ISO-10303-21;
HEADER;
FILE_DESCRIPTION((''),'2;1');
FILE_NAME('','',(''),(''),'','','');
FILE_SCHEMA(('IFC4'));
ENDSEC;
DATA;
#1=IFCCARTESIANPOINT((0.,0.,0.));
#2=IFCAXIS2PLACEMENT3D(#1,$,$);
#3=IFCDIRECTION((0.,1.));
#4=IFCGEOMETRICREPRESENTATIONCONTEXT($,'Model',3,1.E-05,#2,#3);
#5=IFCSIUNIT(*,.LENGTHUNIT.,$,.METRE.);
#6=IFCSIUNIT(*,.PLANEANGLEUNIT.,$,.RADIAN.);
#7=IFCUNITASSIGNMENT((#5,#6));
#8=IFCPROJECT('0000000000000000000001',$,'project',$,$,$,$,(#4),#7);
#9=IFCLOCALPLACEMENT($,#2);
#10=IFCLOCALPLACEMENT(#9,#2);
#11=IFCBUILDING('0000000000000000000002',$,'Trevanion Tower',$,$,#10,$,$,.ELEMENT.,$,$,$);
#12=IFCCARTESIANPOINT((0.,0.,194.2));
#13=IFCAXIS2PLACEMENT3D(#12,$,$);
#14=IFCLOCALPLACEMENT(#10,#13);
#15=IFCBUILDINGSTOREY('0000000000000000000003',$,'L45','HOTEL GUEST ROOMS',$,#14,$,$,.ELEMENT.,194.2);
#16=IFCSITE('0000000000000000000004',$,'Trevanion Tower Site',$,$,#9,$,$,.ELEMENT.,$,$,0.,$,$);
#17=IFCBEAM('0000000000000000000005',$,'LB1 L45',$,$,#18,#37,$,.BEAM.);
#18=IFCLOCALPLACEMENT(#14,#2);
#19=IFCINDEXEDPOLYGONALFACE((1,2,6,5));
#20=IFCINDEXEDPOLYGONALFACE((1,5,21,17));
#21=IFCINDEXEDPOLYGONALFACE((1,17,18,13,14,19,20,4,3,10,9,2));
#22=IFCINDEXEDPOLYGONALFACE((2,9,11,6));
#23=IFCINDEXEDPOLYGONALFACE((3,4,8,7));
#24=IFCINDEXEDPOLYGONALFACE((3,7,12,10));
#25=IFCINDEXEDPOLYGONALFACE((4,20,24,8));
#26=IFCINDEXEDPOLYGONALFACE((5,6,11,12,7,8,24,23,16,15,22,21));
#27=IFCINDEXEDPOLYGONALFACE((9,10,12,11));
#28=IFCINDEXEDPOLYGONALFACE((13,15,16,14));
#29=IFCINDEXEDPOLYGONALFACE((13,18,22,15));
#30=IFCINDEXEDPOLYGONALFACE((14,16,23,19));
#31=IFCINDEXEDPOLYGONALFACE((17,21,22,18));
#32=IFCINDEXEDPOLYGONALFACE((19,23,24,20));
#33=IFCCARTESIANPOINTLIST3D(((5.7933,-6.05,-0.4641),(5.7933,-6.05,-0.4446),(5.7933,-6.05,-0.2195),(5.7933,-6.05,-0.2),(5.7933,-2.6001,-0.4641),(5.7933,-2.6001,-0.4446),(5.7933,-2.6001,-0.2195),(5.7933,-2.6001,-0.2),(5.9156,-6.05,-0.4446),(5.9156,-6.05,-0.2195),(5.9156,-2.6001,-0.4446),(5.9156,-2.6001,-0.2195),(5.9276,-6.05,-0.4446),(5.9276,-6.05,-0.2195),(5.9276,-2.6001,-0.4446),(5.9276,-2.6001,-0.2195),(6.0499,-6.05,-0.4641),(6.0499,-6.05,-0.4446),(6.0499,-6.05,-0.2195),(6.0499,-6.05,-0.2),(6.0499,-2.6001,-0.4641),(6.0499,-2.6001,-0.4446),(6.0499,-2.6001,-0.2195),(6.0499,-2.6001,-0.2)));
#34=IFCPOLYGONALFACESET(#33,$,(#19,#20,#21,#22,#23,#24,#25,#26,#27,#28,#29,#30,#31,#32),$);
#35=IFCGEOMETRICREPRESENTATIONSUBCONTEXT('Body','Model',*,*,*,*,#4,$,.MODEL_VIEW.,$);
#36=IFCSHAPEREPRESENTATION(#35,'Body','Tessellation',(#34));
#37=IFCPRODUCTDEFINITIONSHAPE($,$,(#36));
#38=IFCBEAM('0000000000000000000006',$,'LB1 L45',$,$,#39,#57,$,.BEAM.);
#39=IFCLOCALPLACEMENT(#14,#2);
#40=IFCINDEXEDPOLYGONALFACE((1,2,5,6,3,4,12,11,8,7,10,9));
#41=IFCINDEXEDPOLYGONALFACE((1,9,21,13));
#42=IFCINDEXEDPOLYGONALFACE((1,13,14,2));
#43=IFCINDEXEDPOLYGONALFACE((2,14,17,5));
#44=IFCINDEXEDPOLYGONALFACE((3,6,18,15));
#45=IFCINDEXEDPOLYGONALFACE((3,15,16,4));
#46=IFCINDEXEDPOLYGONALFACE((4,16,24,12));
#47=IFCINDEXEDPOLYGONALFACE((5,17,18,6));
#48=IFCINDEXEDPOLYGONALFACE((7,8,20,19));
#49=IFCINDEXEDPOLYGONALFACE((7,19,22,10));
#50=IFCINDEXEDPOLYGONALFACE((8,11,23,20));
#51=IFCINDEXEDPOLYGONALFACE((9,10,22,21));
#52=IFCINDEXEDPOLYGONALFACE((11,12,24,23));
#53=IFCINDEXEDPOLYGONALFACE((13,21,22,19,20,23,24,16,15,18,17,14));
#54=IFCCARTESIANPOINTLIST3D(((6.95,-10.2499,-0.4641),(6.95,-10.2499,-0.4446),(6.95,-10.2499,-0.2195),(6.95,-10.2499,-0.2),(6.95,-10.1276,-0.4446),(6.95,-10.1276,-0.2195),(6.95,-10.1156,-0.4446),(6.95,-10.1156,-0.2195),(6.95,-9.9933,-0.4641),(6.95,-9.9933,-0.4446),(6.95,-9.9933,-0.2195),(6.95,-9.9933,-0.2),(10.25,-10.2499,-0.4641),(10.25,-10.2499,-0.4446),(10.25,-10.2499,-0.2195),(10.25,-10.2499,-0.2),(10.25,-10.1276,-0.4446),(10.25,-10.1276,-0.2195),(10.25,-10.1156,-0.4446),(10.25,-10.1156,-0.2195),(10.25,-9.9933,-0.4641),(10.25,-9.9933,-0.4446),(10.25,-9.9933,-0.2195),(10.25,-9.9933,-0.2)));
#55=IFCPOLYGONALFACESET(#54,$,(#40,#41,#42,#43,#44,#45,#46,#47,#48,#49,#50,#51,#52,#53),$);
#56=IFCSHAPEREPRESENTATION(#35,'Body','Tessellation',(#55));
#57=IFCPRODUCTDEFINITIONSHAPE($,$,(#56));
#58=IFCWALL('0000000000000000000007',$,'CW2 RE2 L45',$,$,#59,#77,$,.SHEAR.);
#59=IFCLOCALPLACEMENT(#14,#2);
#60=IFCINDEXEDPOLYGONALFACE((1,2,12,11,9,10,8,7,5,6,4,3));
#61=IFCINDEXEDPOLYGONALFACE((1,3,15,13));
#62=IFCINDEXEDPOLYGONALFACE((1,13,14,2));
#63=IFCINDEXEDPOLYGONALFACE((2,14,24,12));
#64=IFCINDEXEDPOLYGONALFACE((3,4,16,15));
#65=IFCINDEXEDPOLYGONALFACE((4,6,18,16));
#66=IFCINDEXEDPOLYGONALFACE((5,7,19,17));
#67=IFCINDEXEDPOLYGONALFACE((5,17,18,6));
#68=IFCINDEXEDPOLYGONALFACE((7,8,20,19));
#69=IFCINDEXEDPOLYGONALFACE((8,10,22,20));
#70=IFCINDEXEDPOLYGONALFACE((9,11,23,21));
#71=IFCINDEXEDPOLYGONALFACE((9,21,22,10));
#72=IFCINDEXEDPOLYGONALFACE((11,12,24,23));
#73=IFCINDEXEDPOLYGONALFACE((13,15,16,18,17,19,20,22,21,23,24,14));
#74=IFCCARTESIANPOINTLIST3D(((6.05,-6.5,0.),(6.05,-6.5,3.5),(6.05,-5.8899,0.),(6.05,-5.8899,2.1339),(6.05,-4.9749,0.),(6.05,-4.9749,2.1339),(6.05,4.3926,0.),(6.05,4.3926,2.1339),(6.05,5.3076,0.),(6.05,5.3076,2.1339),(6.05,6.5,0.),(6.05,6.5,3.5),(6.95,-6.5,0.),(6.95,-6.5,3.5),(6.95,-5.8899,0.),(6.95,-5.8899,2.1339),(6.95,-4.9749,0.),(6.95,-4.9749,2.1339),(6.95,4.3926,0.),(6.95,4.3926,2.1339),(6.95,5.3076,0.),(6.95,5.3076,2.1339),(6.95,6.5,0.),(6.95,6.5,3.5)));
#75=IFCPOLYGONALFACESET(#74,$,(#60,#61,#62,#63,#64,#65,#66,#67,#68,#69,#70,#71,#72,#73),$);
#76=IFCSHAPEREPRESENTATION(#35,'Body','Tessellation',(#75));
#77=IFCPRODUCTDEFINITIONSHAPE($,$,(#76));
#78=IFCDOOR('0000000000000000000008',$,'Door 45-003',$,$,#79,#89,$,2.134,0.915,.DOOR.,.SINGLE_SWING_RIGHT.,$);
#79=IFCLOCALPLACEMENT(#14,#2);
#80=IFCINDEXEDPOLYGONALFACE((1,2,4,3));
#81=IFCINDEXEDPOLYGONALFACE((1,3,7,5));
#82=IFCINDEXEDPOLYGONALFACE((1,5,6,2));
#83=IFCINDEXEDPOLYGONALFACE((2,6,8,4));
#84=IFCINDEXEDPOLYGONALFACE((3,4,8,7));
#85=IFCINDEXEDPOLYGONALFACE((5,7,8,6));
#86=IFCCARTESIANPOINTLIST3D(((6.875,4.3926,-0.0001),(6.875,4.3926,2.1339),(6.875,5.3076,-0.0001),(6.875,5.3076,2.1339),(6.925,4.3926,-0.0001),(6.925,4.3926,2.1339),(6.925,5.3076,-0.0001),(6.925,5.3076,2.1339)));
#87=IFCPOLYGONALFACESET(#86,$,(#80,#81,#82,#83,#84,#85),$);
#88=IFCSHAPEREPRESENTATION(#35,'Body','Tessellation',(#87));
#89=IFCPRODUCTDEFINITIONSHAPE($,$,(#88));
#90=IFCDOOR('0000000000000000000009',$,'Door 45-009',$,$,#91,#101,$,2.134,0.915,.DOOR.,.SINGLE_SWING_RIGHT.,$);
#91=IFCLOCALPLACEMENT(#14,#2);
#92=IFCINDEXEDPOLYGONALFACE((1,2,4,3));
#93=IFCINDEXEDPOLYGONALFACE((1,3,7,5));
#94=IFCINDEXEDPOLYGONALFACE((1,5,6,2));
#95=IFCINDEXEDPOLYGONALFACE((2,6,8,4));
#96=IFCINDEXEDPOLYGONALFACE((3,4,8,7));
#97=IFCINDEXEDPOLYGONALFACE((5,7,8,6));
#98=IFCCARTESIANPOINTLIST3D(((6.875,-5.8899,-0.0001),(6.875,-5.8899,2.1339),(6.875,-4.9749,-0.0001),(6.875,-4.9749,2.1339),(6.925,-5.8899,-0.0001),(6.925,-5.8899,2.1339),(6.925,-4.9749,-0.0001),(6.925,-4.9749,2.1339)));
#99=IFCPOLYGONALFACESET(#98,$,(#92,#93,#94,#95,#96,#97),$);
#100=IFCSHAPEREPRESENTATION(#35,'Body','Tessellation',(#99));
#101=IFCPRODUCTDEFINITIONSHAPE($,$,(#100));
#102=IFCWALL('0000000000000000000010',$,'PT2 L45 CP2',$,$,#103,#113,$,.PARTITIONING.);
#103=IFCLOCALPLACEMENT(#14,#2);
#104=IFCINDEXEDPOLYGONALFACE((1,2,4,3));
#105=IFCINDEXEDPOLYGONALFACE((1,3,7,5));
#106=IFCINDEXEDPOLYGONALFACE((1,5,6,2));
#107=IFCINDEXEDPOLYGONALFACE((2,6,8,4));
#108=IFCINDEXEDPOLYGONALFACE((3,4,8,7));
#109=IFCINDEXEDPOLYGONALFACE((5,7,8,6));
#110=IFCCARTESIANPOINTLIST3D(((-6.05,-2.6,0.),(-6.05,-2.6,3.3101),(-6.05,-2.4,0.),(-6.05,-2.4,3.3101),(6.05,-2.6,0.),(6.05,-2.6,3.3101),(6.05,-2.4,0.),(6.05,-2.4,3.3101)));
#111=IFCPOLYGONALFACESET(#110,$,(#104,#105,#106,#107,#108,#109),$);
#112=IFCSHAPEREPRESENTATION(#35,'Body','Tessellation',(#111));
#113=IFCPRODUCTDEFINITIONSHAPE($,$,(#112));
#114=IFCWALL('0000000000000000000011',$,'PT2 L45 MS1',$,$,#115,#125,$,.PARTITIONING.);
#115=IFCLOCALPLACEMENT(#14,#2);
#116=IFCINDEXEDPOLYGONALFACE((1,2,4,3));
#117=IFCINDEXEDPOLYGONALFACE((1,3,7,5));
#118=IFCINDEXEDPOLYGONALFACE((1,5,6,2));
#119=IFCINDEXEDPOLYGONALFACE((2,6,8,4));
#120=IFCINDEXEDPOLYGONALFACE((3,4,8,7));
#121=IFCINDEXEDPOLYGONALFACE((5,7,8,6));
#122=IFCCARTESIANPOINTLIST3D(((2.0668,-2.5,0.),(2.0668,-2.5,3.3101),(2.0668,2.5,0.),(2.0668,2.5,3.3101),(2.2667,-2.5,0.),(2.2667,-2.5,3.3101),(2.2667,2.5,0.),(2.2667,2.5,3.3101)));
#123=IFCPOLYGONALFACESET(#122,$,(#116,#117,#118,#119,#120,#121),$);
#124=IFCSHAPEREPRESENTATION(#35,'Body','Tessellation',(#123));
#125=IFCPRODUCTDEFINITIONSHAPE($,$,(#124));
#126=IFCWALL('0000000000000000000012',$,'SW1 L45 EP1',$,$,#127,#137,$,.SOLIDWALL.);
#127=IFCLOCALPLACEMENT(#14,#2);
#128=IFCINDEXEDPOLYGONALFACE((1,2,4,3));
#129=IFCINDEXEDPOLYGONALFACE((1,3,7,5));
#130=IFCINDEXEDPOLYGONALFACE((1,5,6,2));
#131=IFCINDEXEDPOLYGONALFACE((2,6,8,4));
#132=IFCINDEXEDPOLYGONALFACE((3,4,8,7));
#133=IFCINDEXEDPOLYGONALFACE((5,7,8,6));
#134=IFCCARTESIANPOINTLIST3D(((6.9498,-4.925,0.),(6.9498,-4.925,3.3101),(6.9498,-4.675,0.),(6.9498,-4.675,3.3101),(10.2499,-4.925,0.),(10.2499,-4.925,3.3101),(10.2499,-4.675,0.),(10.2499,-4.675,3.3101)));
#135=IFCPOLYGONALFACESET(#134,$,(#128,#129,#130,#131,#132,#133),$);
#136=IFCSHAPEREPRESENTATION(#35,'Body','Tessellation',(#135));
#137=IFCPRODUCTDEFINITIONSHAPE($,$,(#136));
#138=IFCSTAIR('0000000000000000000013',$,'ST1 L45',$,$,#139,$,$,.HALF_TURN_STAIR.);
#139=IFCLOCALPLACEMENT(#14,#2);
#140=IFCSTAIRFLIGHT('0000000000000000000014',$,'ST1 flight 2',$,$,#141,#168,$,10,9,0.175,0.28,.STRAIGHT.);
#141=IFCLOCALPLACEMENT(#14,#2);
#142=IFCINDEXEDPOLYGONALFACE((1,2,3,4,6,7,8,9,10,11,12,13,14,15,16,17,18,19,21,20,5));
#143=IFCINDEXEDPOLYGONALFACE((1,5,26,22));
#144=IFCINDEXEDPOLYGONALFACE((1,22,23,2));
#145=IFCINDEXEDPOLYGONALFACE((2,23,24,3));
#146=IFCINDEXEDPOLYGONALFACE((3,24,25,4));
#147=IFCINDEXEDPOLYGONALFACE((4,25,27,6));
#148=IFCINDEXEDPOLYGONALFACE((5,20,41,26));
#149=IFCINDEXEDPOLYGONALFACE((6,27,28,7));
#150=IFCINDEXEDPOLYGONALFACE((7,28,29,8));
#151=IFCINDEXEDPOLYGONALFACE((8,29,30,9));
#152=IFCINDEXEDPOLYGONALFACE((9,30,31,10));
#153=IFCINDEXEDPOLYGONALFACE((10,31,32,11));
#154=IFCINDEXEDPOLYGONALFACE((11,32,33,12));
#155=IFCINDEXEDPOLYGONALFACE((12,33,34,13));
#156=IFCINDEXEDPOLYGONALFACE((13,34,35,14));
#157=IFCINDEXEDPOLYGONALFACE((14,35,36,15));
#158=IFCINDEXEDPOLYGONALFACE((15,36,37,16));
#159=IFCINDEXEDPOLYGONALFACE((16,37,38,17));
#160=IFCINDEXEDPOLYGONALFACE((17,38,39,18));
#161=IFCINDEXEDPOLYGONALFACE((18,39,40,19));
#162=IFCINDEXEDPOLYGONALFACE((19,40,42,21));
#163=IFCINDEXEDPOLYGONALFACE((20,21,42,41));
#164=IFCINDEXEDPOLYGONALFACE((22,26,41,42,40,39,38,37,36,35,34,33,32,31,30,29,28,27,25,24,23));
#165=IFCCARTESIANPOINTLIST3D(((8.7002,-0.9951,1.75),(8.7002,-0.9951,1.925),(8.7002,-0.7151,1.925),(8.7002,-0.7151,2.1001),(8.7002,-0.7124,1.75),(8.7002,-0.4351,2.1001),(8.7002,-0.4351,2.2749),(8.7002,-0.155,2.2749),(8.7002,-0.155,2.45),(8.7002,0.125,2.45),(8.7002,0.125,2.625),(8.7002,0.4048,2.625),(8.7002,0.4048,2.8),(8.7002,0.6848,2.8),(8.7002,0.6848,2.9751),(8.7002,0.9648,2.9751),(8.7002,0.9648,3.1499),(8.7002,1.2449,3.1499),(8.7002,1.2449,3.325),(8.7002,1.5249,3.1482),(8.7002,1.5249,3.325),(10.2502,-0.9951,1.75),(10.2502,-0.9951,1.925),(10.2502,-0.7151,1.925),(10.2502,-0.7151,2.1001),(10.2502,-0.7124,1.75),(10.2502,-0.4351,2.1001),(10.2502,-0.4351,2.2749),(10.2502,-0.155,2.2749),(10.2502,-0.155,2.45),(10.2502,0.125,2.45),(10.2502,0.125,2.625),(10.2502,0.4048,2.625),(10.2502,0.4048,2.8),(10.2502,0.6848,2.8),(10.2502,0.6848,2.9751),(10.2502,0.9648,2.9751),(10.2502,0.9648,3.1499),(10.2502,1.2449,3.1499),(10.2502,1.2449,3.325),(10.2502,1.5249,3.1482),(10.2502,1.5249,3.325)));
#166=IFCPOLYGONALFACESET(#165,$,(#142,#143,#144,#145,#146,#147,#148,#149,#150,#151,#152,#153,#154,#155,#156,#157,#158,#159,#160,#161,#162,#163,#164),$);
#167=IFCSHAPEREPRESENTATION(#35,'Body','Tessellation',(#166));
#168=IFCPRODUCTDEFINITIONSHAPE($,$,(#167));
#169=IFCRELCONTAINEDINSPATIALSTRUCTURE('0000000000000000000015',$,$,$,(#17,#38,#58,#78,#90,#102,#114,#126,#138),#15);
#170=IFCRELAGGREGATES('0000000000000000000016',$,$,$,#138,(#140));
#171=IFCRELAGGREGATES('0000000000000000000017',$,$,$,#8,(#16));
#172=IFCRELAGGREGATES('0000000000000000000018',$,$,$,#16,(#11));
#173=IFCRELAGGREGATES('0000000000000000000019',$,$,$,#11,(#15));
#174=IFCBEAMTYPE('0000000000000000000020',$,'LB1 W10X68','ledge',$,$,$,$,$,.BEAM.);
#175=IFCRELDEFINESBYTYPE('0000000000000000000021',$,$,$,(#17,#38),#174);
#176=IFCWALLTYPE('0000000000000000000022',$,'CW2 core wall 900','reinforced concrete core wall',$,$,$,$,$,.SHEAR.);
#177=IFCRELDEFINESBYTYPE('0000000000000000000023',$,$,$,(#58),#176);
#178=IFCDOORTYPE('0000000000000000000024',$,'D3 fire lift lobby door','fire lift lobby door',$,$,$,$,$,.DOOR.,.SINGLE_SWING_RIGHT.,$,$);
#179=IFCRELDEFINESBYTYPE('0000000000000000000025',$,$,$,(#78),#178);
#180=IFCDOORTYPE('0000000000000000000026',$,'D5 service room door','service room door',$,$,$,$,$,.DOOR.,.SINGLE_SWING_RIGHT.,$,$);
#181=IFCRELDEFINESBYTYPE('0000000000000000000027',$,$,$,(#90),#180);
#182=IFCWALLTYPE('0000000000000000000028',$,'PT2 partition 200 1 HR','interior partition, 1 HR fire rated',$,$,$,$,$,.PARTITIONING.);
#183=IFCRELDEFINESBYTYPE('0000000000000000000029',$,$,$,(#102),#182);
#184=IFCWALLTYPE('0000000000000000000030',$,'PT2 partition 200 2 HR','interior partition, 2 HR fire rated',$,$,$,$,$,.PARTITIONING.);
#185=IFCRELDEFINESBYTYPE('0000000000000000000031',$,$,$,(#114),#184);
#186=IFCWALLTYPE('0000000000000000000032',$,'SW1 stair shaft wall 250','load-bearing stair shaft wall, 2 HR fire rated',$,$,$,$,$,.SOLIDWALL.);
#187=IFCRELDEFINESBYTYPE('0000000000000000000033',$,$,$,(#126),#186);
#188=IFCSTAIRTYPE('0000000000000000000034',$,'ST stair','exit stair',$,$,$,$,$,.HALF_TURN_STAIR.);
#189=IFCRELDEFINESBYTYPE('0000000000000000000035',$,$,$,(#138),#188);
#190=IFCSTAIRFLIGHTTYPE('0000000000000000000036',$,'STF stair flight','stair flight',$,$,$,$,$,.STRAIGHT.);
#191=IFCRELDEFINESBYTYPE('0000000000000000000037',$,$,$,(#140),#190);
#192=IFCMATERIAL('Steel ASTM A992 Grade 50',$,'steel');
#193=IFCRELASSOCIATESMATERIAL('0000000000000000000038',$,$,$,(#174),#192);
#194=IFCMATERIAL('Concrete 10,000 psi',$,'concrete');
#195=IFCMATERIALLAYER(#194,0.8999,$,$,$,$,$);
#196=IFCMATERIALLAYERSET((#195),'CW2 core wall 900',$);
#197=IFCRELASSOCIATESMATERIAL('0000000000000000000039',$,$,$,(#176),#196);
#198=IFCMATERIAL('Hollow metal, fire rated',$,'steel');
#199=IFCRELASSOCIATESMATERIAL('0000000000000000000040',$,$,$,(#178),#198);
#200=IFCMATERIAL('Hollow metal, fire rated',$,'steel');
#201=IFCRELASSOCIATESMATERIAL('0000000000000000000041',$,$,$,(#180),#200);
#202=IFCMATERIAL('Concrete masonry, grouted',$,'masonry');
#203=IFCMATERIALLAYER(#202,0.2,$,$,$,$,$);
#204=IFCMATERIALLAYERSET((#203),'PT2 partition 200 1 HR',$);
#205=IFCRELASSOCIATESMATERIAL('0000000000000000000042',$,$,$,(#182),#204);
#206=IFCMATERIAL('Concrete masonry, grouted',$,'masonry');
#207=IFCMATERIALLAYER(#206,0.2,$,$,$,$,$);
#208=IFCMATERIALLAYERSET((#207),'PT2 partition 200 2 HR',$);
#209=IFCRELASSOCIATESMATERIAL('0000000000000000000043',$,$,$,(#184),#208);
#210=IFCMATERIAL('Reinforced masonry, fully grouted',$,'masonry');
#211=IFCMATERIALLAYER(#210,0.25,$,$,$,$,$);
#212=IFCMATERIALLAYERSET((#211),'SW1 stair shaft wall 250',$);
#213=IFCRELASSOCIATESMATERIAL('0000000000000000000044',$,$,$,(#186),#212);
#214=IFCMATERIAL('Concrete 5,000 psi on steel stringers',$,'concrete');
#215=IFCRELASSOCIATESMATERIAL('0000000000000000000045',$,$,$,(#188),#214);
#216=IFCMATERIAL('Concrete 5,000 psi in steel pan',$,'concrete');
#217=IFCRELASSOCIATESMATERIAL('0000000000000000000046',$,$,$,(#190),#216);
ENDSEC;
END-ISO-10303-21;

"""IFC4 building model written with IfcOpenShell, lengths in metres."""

from ifc_helpers import new_model, si_unit, direction, frame, frame_2d, origin, origin_2d, place, context, subcontext, project, spatial, polyline, rectangle, i_section, outline, extrude, material, layer, layer_set, material_profile, profile_set, type_object, element, fill, aggregate, save


model = new_model("IFC4")

# Units and contexts
model_context = context("Model", 3, precision=1e-05, world=origin(), true_north=direction((0.0, 1.0)))
body_context = subcontext(model_context, "Body", "Model", "MODEL_VIEW")
ifc_project = project(units=[si_unit("LENGTHUNIT", "METRE"), si_unit("PLANEANGLEUNIT", "RADIAN")], contexts=[model_context])

# Site, building, storey
site_placement = place(None, origin())
site = spatial("IfcSite", under=ifc_project, at=site_placement, Name="Trevanion Tower Site", CompositionType="ELEMENT", RefElevation=0.0)
building_placement = place(site_placement, origin())
building = spatial("IfcBuilding", under=site, at=building_placement, Name="Trevanion Tower", CompositionType="ELEMENT")
storey_placement = place(building_placement, frame((0.0, 0.0, 194.2)))
storey = spatial("IfcBuildingStorey", under=building, at=storey_placement, Name="L45", Description="HOTEL GUEST ROOMS", CompositionType="ELEMENT", Elevation=194.2)

# Beams
ifc_material_1 = material(Name="Steel ASTM A992 Grade 50", Category="steel")
ifc_material_profile = material_profile(ifc_material_1, i_section(OverallWidth=0.2566, OverallDepth=0.2642, WebThickness=0.012, FlangeThickness=0.0195, at=origin_2d()), Name="W10X68")
ifc_profile_set = profile_set([ifc_material_profile], Name="Steel ASTM A992 Grade 50")
beam_type = type_object("IfcBeamType", Name="LB1 W10X68", Description="ledge", PredefinedType="BEAM", material=ifc_profile_set)
beam_1_placement = place(storey_placement, frame((5.9216, -6.05, -0.332), z_axis=(0.0, 1.0, 0.0), x_axis=(-1.0, 0.0, 0.0)))
element("IfcBeam", 1, at=beam_1_placement, inside=storey, type_object=beam_type, Name="LB1 L45", PredefinedType="BEAM", context=body_context, shape_type="SweptSolid", body=[
    extrude(i_section(OverallWidth=0.2566, OverallDepth=0.2642, WebThickness=0.012, FlangeThickness=0.0195, at=origin_2d()), origin(), (0.0, 0.0, 1.0), 3.45),
])
beam_2_placement = place(storey_placement, frame((6.95, -10.1216, -0.332), z_axis=(1.0, 0.0, 0.0), x_axis=(0.0, 1.0, 0.0)))
element("IfcBeam", 2, at=beam_2_placement, inside=storey, type_object=beam_type, Name="LB1 L45", PredefinedType="BEAM", context=body_context, shape_type="SweptSolid", body=[
    extrude(i_section(OverallWidth=0.2566, OverallDepth=0.2642, WebThickness=0.012, FlangeThickness=0.0195, at=origin_2d()), origin(), (0.0, 0.0, 1.0), 3.3),
])

# Wall, openings, doors
ifc_material_2 = material(Name="Concrete 10,000 psi", Category="concrete")
ifc_layer_1 = layer(ifc_material_2, 0.8999)
ifc_layer_set_1 = layer_set([ifc_layer_1], Name="CW2 core wall 900")
wall_type_1 = type_object("IfcWallType", Name="CW2 core wall 900", Description="reinforced concrete core wall", PredefinedType="SHEAR", material=ifc_layer_set_1)
wall_1_placement = place(storey_placement, frame((6.5, -6.5, 0.0), z_axis=(0.0, 0.0, 1.0), x_axis=(0.0, 1.0, 0.0)))
wall_1 = element("IfcWall", 3, at=wall_1_placement, inside=storey, type_object=wall_type_1, Name="CW2 RE2 L45", PredefinedType="SHEAR", context=body_context, shape_type="SweptSolid", body=[
    extrude(rectangle(XDim=13.0, YDim=0.8999, at=frame_2d((6.5, 0.0))), origin(), (0.0, 0.0, 1.0), 3.5),
])
opening_1_placement = place(wall_1_placement, frame((10.8926, 0.0, 0.0)))
opening_1 = element("IfcOpeningElement", 4, at=opening_1_placement, cuts=wall_1, PredefinedType="OPENING", context=body_context, shape_type="SweptSolid", body=[
    extrude(rectangle(XDim=0.915, YDim=2.134, at=frame_2d((0.4575, 1.0669))), frame((0.0, 0.46, 0.0), z_axis=(0.0, -1.0, 0.0), x_axis=(1.0, 0.0, 0.0)), (0.0, 0.0, 1.0), 0.9199),
])
opening_2_placement = place(wall_1_placement, frame((0.6101, 0.0, 0.0)))
opening_2 = element("IfcOpeningElement", 5, at=opening_2_placement, cuts=wall_1, PredefinedType="OPENING", context=body_context, shape_type="SweptSolid", body=[
    extrude(rectangle(XDim=0.915, YDim=2.134, at=frame_2d((0.4575, 1.0669))), frame((0.0, 0.46, 0.0), z_axis=(0.0, -1.0, 0.0), x_axis=(1.0, 0.0, 0.0)), (0.0, 0.0, 1.0), 0.9199),
])
ifc_material_3 = material(Name="Hollow metal, fire rated", Category="steel")
door_type_1 = type_object("IfcDoorType", Name="D3 fire lift lobby door", Description="fire lift lobby door", OperationType="SINGLE_SWING_RIGHT", PredefinedType="DOOR", material=ifc_material_3)
door_1_placement = place(opening_1_placement, origin())
door_1 = element("IfcDoor", 6, at=door_1_placement, inside=storey, type_object=door_type_1, Name="Door 45-003", OperationType="SINGLE_SWING_RIGHT", OverallHeight=2.134, OverallWidth=0.915, PredefinedType="DOOR", context=body_context, shape_type="SweptSolid", body=[
    extrude(rectangle(XDim=0.915, YDim=2.134, at=frame_2d((0.4575, 1.0669))), frame((0.0, -0.375, 0.0), z_axis=(0.0, -1.0, 0.0), x_axis=(1.0, 0.0, 0.0)), (0.0, 0.0, 1.0), 0.05),
])
fill(opening_1, door_1)
ifc_material_4 = material(Name="Hollow metal, fire rated", Category="steel")
door_type_2 = type_object("IfcDoorType", Name="D5 service room door", Description="service room door", OperationType="SINGLE_SWING_RIGHT", PredefinedType="DOOR", material=ifc_material_4)
door_2_placement = place(opening_2_placement, origin())
door_2 = element("IfcDoor", 7, at=door_2_placement, inside=storey, type_object=door_type_2, Name="Door 45-009", OperationType="SINGLE_SWING_RIGHT", OverallHeight=2.134, OverallWidth=0.915, PredefinedType="DOOR", context=body_context, shape_type="SweptSolid", body=[
    extrude(rectangle(XDim=0.915, YDim=2.134, at=frame_2d((0.4575, 1.0669))), frame((0.0, -0.375, 0.0), z_axis=(0.0, -1.0, 0.0), x_axis=(1.0, 0.0, 0.0)), (0.0, 0.0, 1.0), 0.05),
])
fill(opening_2, door_2)

# Walls
ifc_material_5 = material(Name="Concrete masonry, grouted", Category="masonry")
ifc_layer_2 = layer(ifc_material_5, 0.2)
ifc_layer_set_2 = layer_set([ifc_layer_2], Name="PT2 partition 200 1 HR")
wall_type_2 = type_object("IfcWallType", Name="PT2 partition 200 1 HR", Description="interior partition, 1 HR fire rated", PredefinedType="PARTITIONING", material=ifc_layer_set_2)
wall_2_placement = place(storey_placement, frame((6.05, -2.5, 0.0), z_axis=(0.0, 0.0, 1.0), x_axis=(-1.0, 0.0, 0.0)))
element("IfcWall", 8, at=wall_2_placement, inside=storey, type_object=wall_type_2, Name="PT2 L45 CP2", PredefinedType="PARTITIONING", context=body_context, shape_type="SweptSolid", body=[
    extrude(rectangle(XDim=12.1001, YDim=0.2, at=frame_2d((6.05, 0.0))), origin(), (0.0, 0.0, 1.0), 3.3101),
])
ifc_material_6 = material(Name="Concrete masonry, grouted", Category="masonry")
ifc_layer_3 = layer(ifc_material_6, 0.2)
ifc_layer_set_3 = layer_set([ifc_layer_3], Name="PT2 partition 200 2 HR")
wall_type_3 = type_object("IfcWallType", Name="PT2 partition 200 2 HR", Description="interior partition, 2 HR fire rated", PredefinedType="PARTITIONING", material=ifc_layer_set_3)
wall_3_placement = place(storey_placement, frame((2.1667, -2.5, 0.0), z_axis=(0.0, 0.0, 1.0), x_axis=(0.0, 1.0, 0.0)))
element("IfcWall", 9, at=wall_3_placement, inside=storey, type_object=wall_type_3, Name="PT2 L45 MS1", PredefinedType="PARTITIONING", context=body_context, shape_type="SweptSolid", body=[
    extrude(rectangle(XDim=5.0, YDim=0.2, at=frame_2d((2.5, 0.0))), origin(), (0.0, 0.0, 1.0), 3.3101),
])
ifc_material_7 = material(Name="Reinforced masonry, fully grouted", Category="masonry")
ifc_layer_4 = layer(ifc_material_7, 0.25)
ifc_layer_set_4 = layer_set([ifc_layer_4], Name="SW1 stair shaft wall 250")
wall_type_4 = type_object("IfcWallType", Name="SW1 stair shaft wall 250", Description="load-bearing stair shaft wall, 2 HR fire rated", PredefinedType="SOLIDWALL", material=ifc_layer_set_4)
wall_4_placement = place(storey_placement, frame((6.95, -4.8, 0.0), z_axis=(0.0, 0.0, 1.0), x_axis=(1.0, 0.0, 0.0)))
element("IfcWall", 10, at=wall_4_placement, inside=storey, type_object=wall_type_4, Name="SW1 L45 EP1", PredefinedType="SOLIDWALL", context=body_context, shape_type="SweptSolid", body=[
    extrude(rectangle(XDim=3.3, YDim=0.25, at=frame_2d((1.6499, 0.0))), origin(), (0.0, 0.0, 1.0), 3.3101),
])

# Stair, stair flight
ifc_material_8 = material(Name="Concrete 5,000 psi on steel stringers", Category="concrete")
stair_type = type_object("IfcStairType", Name="ST stair", Description="exit stair", PredefinedType="HALF_TURN_STAIR", material=ifc_material_8)
stair_placement = place(storey_placement, origin())
stair = element("IfcStair", 11, at=stair_placement, inside=storey, type_object=stair_type, Name="ST1 L45", PredefinedType="HALF_TURN_STAIR")
ifc_material_9 = material(Name="Concrete 5,000 psi in steel pan", Category="concrete")
stair_flight_type = type_object("IfcStairFlightType", Name="STF stair flight", Description="stair flight", PredefinedType="STRAIGHT", material=ifc_material_9)
stair_flight_placement = place(storey_placement, frame((9.4751, -0.9951, 1.75), z_axis=(0.0, 0.0, 1.0), x_axis=(0.0, 1.0, 0.0)))
stair_flight = element("IfcStairFlight", 12, at=stair_flight_placement, type_object=stair_flight_type, Name="ST1 flight 2", NumberOfRisers=10, NumberOfTreads=9, PredefinedType="STRAIGHT", RiserHeight=0.175, TreadLength=0.28, context=body_context, shape_type="SweptSolid", body=[
    extrude(outline(polyline([(0.0, 0.0), (0.0, 0.175), (0.28, 0.175), (0.28, 0.3501), (0.5601, 0.3501), (0.5601, 0.5249), (0.8401, 0.5249), (0.8401, 0.7), (1.1201, 0.7), (1.1201, 0.875), (1.3999, 0.875), (1.3999, 1.05), (1.6799, 1.05), (1.6799, 1.2251), (1.96, 1.2251), (1.96, 1.3999), (2.24, 1.3999), (2.24, 1.575), (2.52, 1.575), (2.52, 1.75), (2.52, 1.3982), (0.2827, 0.0), (0.0, 0.0)])), frame((0.0, 0.7749, 0.0), z_axis=(0.0, -1.0, 0.0), x_axis=(1.0, 0.0, 0.0)), (0.0, 0.0, 1.0), 1.55),
])
aggregate(stair, [stair_flight])

save(model, "model.ifc")
